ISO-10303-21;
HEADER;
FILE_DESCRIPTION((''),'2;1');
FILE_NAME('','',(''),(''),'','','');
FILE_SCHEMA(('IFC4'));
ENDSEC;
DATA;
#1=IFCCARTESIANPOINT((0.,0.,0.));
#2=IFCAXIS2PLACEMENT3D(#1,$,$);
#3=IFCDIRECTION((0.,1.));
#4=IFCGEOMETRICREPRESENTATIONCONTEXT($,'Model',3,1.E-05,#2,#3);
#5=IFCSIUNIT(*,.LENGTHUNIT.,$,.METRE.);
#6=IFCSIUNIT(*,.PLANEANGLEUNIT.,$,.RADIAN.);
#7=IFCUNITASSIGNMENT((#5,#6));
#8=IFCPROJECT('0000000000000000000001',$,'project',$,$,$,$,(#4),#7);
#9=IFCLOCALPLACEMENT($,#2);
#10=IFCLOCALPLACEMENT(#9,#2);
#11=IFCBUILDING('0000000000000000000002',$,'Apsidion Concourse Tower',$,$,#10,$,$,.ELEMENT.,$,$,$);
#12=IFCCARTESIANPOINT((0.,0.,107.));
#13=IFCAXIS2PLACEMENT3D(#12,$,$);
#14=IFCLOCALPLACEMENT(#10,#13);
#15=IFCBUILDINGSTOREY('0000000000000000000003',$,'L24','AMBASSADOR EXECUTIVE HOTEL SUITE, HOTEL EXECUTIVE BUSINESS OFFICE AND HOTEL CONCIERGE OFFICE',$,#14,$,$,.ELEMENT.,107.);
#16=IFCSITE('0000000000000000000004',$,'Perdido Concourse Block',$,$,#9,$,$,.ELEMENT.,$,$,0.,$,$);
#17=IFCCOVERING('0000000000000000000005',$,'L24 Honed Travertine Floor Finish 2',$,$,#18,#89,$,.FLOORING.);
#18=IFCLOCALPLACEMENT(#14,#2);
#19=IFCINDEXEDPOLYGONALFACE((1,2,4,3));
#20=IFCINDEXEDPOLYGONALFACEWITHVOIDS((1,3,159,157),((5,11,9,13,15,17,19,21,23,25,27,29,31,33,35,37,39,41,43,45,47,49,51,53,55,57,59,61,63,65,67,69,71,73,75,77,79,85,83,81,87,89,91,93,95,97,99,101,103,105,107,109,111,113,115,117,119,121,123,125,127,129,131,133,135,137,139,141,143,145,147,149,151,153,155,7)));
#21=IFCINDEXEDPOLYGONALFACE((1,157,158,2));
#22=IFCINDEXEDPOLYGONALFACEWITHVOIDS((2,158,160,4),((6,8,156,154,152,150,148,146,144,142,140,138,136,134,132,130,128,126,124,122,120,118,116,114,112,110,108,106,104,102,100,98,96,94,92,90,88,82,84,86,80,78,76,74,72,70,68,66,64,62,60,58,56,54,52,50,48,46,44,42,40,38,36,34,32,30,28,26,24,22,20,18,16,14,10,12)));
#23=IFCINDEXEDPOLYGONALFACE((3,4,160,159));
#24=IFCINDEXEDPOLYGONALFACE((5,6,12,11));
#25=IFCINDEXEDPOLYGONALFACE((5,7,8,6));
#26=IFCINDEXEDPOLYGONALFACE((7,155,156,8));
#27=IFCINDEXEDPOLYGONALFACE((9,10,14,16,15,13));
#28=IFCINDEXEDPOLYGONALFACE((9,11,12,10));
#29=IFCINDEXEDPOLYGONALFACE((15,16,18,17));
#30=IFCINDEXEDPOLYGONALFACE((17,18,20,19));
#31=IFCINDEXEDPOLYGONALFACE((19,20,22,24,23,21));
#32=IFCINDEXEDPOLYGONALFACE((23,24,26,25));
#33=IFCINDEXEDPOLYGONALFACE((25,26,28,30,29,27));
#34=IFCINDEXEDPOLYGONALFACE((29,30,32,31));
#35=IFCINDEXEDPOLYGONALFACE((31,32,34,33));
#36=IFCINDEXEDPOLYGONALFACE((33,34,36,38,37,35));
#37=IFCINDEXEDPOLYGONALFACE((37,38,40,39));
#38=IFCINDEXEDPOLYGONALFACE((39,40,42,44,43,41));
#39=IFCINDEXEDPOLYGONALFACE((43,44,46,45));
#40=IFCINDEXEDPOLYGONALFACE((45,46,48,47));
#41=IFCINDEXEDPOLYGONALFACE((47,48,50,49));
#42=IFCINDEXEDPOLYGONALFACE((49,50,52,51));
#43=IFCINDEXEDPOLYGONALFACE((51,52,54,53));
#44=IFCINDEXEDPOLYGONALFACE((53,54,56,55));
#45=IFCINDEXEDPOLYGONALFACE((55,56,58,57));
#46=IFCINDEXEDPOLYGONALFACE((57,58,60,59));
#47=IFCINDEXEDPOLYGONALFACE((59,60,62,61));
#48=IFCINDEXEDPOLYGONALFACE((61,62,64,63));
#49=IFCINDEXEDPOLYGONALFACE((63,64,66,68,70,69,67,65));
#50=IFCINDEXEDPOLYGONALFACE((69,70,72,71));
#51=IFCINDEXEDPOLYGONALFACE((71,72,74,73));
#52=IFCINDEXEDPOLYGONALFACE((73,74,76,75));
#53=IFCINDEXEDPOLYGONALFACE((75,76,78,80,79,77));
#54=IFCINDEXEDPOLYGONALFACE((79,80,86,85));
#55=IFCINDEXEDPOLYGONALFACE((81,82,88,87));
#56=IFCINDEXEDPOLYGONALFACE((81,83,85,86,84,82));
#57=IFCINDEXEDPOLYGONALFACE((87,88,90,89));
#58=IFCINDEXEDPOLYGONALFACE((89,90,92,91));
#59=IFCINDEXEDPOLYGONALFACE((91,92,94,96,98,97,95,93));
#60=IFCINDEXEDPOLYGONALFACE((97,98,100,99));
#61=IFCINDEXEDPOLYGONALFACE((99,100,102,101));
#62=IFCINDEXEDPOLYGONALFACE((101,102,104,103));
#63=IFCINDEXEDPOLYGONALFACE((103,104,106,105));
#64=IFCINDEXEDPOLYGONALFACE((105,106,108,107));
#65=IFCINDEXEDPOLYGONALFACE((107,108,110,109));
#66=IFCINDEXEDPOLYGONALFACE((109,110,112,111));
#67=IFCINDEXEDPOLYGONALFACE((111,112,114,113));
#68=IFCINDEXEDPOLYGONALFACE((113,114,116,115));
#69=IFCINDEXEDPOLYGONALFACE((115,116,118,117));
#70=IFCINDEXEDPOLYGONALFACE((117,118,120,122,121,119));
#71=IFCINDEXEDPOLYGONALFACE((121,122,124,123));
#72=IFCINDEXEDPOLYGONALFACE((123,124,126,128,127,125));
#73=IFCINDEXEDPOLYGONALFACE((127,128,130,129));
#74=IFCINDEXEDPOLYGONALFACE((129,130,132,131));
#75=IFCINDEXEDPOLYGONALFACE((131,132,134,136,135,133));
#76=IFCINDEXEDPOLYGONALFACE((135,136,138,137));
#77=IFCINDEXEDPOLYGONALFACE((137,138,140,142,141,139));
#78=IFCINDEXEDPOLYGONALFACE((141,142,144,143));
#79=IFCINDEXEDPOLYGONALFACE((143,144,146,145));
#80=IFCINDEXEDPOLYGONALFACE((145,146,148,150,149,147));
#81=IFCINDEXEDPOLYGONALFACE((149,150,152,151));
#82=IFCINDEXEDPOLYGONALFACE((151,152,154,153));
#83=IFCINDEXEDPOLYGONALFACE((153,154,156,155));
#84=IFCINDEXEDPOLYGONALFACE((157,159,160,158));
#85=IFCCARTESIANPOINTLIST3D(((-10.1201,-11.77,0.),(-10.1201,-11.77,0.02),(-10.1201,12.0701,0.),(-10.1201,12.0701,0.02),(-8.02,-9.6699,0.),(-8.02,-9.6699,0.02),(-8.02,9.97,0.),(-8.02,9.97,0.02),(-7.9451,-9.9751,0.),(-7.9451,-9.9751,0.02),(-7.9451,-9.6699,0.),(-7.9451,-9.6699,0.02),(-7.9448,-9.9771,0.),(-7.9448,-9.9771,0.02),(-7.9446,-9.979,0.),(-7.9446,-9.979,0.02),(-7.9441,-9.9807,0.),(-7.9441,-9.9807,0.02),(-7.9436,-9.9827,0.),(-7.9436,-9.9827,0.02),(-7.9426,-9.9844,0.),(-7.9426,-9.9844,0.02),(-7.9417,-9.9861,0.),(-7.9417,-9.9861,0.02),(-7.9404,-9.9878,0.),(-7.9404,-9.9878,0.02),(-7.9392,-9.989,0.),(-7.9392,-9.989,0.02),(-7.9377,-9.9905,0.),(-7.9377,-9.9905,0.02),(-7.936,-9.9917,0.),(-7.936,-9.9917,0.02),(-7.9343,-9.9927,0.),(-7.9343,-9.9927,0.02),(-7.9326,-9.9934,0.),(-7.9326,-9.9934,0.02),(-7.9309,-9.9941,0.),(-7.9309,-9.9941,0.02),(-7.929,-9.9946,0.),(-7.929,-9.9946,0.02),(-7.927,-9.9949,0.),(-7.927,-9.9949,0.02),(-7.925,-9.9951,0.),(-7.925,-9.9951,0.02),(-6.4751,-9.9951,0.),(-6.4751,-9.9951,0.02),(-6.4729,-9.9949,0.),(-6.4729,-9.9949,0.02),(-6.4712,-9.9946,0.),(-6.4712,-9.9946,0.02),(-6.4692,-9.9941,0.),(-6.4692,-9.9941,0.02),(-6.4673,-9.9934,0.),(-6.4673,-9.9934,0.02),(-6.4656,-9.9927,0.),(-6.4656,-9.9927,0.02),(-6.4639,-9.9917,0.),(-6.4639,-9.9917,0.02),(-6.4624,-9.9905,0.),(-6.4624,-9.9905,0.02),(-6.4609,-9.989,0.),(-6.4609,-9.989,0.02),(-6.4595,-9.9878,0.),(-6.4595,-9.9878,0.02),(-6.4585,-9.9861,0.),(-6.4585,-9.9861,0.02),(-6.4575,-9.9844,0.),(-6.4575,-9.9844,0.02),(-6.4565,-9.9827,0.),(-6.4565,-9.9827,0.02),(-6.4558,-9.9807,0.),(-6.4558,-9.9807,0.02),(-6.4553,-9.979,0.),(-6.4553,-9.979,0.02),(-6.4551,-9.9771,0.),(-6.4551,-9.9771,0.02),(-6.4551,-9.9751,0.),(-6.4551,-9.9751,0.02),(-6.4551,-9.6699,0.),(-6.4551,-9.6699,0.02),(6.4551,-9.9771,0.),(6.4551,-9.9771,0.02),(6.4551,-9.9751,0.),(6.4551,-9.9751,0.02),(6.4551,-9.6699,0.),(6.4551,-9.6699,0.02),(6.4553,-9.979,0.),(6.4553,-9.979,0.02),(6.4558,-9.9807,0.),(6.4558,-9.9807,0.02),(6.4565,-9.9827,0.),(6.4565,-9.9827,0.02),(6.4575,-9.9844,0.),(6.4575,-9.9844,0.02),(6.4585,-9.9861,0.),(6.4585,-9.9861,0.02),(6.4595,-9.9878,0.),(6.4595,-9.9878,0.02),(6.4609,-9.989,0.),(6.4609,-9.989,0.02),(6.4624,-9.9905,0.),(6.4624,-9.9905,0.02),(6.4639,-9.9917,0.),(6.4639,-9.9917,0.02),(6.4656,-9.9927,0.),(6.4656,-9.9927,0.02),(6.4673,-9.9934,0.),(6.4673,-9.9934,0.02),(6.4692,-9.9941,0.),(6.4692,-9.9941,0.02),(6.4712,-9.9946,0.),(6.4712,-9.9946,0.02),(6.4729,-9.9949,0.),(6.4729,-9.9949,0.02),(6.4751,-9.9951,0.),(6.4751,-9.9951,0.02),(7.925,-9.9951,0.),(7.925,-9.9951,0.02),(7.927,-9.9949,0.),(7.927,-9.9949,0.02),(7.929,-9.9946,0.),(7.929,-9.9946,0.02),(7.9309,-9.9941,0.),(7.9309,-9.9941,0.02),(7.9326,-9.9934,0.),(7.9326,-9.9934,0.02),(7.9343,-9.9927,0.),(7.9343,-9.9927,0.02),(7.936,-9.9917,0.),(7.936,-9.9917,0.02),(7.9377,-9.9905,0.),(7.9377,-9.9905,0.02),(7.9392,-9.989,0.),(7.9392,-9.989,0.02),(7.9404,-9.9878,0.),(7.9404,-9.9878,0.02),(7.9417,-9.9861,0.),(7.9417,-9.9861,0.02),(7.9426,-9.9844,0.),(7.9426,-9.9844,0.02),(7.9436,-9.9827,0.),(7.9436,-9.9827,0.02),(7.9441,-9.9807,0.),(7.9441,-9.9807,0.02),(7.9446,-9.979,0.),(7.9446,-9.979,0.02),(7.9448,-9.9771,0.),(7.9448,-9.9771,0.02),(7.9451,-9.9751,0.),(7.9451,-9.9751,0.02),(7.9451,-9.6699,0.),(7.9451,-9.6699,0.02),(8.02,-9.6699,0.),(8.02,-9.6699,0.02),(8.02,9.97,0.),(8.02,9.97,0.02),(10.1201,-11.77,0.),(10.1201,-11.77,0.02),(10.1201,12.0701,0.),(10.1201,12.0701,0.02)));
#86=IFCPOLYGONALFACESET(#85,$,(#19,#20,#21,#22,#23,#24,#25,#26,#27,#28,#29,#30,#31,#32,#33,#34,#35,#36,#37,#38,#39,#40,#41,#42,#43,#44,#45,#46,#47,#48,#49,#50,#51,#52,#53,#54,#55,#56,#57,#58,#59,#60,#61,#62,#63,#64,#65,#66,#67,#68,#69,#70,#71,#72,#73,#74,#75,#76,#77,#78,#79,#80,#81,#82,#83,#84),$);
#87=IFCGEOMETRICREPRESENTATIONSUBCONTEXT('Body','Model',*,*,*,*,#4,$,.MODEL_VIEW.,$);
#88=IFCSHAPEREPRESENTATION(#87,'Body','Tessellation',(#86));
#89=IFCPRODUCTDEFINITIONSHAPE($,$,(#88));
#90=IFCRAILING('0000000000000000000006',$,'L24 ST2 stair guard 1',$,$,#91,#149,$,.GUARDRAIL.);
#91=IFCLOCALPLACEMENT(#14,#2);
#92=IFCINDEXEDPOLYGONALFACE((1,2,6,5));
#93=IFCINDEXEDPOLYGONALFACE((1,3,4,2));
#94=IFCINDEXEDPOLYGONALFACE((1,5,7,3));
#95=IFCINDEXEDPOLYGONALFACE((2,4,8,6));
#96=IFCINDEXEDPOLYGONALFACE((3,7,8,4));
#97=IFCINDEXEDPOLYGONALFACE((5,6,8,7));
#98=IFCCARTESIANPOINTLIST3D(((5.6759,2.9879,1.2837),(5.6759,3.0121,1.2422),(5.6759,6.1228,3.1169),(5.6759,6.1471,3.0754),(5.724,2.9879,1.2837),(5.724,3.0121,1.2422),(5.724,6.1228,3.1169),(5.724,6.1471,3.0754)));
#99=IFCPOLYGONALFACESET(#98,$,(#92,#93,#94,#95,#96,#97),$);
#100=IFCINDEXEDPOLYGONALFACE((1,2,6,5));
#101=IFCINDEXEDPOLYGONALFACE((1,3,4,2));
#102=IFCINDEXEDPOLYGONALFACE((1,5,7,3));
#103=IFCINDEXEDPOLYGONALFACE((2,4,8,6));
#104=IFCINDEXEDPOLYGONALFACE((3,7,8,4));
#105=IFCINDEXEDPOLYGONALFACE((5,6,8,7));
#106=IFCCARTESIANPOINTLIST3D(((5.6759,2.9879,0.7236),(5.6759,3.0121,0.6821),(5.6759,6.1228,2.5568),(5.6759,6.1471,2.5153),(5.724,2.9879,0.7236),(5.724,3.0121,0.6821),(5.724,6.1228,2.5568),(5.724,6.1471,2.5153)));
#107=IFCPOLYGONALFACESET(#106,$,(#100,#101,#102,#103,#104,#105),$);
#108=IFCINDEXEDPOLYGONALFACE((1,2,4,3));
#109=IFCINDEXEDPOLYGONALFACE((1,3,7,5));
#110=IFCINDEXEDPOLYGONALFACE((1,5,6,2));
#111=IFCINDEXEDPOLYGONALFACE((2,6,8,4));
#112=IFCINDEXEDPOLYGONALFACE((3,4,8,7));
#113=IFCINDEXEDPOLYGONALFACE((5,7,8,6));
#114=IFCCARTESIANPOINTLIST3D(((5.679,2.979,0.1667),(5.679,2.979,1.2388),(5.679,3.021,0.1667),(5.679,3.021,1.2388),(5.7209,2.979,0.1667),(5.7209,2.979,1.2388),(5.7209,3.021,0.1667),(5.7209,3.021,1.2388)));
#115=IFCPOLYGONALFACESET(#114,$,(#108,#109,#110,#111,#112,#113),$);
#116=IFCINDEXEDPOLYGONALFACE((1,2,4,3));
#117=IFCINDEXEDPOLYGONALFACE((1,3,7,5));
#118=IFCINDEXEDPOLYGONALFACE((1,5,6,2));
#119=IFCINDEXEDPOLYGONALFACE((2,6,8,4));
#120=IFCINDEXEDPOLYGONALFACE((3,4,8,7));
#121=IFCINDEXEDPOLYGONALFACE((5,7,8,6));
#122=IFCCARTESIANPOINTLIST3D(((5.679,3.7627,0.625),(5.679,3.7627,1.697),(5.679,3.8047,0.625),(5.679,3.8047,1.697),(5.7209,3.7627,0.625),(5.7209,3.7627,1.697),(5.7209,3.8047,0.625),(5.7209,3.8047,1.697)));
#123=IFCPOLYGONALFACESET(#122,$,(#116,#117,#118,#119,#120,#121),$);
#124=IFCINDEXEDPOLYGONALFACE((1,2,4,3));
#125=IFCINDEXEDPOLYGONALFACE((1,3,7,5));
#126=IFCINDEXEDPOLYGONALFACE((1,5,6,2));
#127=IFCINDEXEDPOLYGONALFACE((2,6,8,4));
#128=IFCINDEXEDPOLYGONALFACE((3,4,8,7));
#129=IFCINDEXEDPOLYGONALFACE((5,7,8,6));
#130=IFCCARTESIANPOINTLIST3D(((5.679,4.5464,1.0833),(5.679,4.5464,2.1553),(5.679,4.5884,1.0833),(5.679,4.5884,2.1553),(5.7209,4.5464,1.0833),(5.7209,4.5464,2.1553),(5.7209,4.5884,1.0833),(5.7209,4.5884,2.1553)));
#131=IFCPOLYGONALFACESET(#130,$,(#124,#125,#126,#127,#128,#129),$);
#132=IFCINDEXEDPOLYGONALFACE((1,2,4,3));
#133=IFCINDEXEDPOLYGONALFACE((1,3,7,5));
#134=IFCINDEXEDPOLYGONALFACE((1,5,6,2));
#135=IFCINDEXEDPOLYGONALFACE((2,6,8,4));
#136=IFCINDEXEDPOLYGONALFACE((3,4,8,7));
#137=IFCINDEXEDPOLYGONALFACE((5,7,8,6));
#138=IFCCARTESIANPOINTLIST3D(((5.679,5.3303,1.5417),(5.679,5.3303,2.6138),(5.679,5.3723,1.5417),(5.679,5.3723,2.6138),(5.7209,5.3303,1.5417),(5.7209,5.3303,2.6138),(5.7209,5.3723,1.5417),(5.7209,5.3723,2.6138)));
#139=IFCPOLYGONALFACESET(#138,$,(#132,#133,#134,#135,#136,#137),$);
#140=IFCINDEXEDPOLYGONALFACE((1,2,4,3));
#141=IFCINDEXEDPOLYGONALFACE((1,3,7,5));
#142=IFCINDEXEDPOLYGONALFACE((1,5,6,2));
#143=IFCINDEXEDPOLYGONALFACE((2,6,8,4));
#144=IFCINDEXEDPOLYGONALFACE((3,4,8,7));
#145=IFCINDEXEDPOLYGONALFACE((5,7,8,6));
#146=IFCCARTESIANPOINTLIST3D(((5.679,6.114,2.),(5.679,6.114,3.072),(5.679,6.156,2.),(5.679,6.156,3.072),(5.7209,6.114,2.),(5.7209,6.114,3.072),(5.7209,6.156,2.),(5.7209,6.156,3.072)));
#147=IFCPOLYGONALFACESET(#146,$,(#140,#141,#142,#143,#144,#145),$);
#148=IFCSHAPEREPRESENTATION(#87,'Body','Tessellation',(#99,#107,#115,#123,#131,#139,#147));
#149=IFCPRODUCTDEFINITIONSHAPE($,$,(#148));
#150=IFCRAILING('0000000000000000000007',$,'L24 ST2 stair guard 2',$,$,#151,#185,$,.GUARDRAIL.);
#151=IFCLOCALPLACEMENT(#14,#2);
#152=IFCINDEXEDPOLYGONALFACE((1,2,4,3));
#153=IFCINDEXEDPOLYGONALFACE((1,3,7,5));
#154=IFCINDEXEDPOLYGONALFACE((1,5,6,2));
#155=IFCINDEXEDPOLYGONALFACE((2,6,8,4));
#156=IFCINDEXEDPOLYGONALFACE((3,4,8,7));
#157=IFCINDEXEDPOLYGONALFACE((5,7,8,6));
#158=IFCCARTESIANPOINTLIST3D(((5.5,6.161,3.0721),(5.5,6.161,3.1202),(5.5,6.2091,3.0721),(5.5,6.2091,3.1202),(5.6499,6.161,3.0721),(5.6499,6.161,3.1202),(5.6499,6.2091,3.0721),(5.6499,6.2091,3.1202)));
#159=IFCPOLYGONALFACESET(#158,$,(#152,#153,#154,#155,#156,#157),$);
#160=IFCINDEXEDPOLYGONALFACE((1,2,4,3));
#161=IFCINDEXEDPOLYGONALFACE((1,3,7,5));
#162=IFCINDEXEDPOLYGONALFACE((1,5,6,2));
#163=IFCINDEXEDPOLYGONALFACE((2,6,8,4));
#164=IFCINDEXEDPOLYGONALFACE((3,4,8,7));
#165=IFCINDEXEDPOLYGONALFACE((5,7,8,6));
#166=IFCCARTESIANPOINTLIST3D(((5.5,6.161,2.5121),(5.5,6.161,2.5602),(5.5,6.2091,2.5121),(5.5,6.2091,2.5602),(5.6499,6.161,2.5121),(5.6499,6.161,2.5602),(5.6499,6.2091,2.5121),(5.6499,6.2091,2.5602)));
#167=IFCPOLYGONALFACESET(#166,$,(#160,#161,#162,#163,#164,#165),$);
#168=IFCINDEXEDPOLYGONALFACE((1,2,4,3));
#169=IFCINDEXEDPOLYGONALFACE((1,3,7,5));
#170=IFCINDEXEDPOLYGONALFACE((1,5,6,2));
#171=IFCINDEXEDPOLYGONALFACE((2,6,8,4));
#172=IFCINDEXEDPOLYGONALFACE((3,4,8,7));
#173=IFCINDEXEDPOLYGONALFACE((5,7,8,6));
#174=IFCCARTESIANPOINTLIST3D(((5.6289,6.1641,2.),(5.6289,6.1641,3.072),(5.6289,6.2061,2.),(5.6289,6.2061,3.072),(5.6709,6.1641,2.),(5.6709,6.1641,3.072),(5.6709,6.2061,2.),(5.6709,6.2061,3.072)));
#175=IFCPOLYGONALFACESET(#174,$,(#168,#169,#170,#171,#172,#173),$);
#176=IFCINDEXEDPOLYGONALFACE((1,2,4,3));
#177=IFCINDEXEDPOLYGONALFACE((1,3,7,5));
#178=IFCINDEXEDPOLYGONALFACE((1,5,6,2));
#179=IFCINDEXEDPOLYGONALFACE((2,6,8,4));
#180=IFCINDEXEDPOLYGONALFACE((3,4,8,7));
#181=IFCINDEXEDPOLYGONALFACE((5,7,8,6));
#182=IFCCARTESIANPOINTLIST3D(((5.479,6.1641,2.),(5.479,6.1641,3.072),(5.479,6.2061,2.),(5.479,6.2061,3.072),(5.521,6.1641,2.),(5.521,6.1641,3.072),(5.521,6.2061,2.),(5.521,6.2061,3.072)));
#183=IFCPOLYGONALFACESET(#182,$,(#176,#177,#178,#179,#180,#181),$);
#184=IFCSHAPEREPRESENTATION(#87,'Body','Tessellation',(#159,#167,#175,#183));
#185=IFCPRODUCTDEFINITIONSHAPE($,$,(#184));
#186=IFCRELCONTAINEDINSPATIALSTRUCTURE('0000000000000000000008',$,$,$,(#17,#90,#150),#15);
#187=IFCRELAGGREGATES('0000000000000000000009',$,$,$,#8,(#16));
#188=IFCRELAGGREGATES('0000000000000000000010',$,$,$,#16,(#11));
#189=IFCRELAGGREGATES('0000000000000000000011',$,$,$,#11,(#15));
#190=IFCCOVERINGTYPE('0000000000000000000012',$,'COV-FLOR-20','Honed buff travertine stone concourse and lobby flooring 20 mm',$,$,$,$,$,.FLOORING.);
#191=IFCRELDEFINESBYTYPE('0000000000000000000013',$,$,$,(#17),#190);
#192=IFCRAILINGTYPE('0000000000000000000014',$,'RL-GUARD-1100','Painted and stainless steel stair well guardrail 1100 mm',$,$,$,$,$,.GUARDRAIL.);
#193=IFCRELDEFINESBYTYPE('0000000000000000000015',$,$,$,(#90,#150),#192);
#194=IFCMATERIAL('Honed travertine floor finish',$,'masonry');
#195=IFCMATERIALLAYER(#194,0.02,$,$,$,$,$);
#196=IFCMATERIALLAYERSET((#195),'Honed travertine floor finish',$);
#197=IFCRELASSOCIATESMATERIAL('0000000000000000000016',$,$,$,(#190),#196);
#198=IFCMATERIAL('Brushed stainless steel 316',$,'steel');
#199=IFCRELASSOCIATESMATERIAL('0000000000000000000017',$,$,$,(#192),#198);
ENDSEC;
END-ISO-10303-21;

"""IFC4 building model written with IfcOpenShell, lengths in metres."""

from ifc_helpers import new_model, si_unit, direction, frame, origin, origin_2d, place, context, subcontext, project, spatial, polyline, rectangle, outline, extrude, material, layer, layer_set, type_object, element, save


model = new_model("IFC4")

# Units and contexts
model_context = context("Model", 3, precision=1e-05, world=origin(), true_north=direction((0.0, 1.0)))
body_context = subcontext(model_context, "Body", "Model", "MODEL_VIEW")
ifc_project = project(units=[si_unit("LENGTHUNIT", "METRE"), si_unit("PLANEANGLEUNIT", "RADIAN")], contexts=[model_context])

# Site, building, storey
site_placement = place(None, origin())
site = spatial("IfcSite", under=ifc_project, at=site_placement, Name="Perdido Concourse Block", CompositionType="ELEMENT", RefElevation=0.0)
building_placement = place(site_placement, origin())
building = spatial("IfcBuilding", under=site, at=building_placement, Name="Apsidion Concourse Tower", CompositionType="ELEMENT")
storey_placement = place(building_placement, frame((0.0, 0.0, 107.0)))
storey = spatial("IfcBuildingStorey", under=building, at=storey_placement, Name="L24", Description="AMBASSADOR EXECUTIVE HOTEL SUITE, HOTEL EXECUTIVE BUSINESS OFFICE AND HOTEL CONCIERGE OFFICE", CompositionType="ELEMENT", Elevation=107.0)

# Covering
ifc_material_1 = material(Name="Honed travertine floor finish", Category="masonry")
ifc_layer_1 = layer(ifc_material_1, 0.02)
ifc_layer_set_1 = layer_set([ifc_layer_1], Name="Honed travertine floor finish")
covering_type_1 = type_object("IfcCoveringType", Name="COV-FLOR-20", Description="Honed buff travertine stone concourse and lobby flooring 20 mm", PredefinedType="FLOORING", material=ifc_layer_set_1)
covering_1_placement = place(storey_placement, origin())
element("IfcCovering", 1, at=covering_1_placement, inside=storey, type_object=covering_type_1, Name="L24 Honed Travertine Floor Finish 2", PredefinedType="FLOORING", context=body_context, shape_type="SweptSolid", body=[
    extrude(outline(polyline([(10.1201, 12.0701), (10.1201, -11.77), (-10.1201, -11.77), (-10.1201, 12.0701), (10.1201, 12.0701)]), holes=[polyline([(-8.02, -9.6699), (-7.9451, -9.6699), (-7.9451, -9.9751), (-7.9448, -9.9771), (-7.9446, -9.979), (-7.9441, -9.9807), (-7.9436, -9.9827), (-7.9426, -9.9844), (-7.9417, -9.9861), (-7.9404, -9.9878), (-7.9392, -9.989), (-7.9377, -9.9905), (-7.936, -9.9917), (-7.9343, -9.9927), (-7.9326, -9.9934), (-7.9309, -9.9941), (-7.929, -9.9946), (-7.927, -9.9949), (-7.925, -9.9951), (-6.4751, -9.9951), (-6.4729, -9.9949), (-6.4712, -9.9946), (-6.4692, -9.9941), (-6.4673, -9.9934), (-6.4656, -9.9927), (-6.4639, -9.9917), (-6.4624, -9.9905), (-6.4609, -9.989), (-6.4595, -9.9878), (-6.4585, -9.9861), (-6.4575, -9.9844), (-6.4565, -9.9827), (-6.4558, -9.9807), (-6.4553, -9.979), (-6.4551, -9.9771), (-6.4551, -9.9751), (-6.4551, -9.6699), (6.4551, -9.6699), (6.4551, -9.9751), (6.4551, -9.9771), (6.4553, -9.979), (6.4558, -9.9807), (6.4565, -9.9827), (6.4575, -9.9844), (6.4585, -9.9861), (6.4595, -9.9878), (6.4609, -9.989), (6.4624, -9.9905), (6.4639, -9.9917), (6.4656, -9.9927), (6.4673, -9.9934), (6.4692, -9.9941), (6.4712, -9.9946), (6.4729, -9.9949), (6.4751, -9.9951), (7.925, -9.9951), (7.927, -9.9949), (7.929, -9.9946), (7.9309, -9.9941), (7.9326, -9.9934), (7.9343, -9.9927), (7.936, -9.9917), (7.9377, -9.9905), (7.9392, -9.989), (7.9404, -9.9878), (7.9417, -9.9861), (7.9426, -9.9844), (7.9436, -9.9827), (7.9441, -9.9807), (7.9446, -9.979), (7.9448, -9.9771), (7.9451, -9.9751), (7.9451, -9.6699), (8.02, -9.6699), (8.02, 9.97), (-8.02, 9.97), (-8.02, -9.6699)])]), origin(), (0.0, 0.0, 1.0), 0.02),
])

# Railings
ifc_material_2 = material(Name="Brushed stainless steel 316", Category="steel")
railing_type_1 = type_object("IfcRailingType", Name="RL-GUARD-1100", Description="Painted and stainless steel stair well guardrail 1100 mm", PredefinedType="GUARDRAIL", material=ifc_material_2)
railing_1_placement = place(storey_placement, frame((5.7, 3.0, 0.1667)))
element("IfcRailing", 2, at=railing_1_placement, inside=storey, type_object=railing_type_1, Name="L24 ST2 stair guard 1", PredefinedType="GUARDRAIL", context=body_context, shape_type="SweptSolid", body=[
    extrude(rectangle(XDim=0.0481, YDim=0.0481, at=origin_2d()), frame((0.0, 0.0, 1.0962), z_axis=(0.0, 0.86324, 0.504794), x_axis=(-1.0, 0.0, 0.0)), (0.0, 0.0, 1.0), 3.6316),
    extrude(rectangle(XDim=0.0481, YDim=0.0481, at=origin_2d()), frame((0.0, 0.0, 0.5361), z_axis=(0.0, 0.86324, 0.504794), x_axis=(-1.0, 0.0, 0.0)), (0.0, 0.0, 1.0), 3.6316),
    extrude(rectangle(XDim=0.042, YDim=0.042, at=origin_2d()), origin(), (0.0, 0.0, 1.0), 1.072),
    extrude(rectangle(XDim=0.042, YDim=0.042, at=origin_2d()), frame((0.0, 0.7837, 0.4583)), (0.0, 0.0, 1.0), 1.072),
    extrude(rectangle(XDim=0.042, YDim=0.042, at=origin_2d()), frame((0.0, 1.5674, 0.9165)), (0.0, 0.0, 1.0), 1.072),
    extrude(rectangle(XDim=0.042, YDim=0.042, at=origin_2d()), frame((0.0, 2.3513, 1.375)), (0.0, 0.0, 1.0), 1.072),
    extrude(rectangle(XDim=0.042, YDim=0.042, at=origin_2d()), frame((0.0, 3.135, 1.8333)), (0.0, 0.0, 1.0), 1.072),
])
railing_2_placement = place(storey_placement, frame((5.6499, 6.1851, 2.0)))
element("IfcRailing", 3, at=railing_2_placement, inside=storey, type_object=railing_type_1, Name="L24 ST2 stair guard 2", PredefinedType="GUARDRAIL", context=body_context, shape_type="SweptSolid", body=[
    extrude(rectangle(XDim=0.0481, YDim=0.0481, at=origin_2d()), frame((0.0, 0.0, 1.0962), z_axis=(-1.0, 0.0, 0.0), x_axis=(0.0, -1.0, 0.0)), (0.0, 0.0, 1.0), 0.1499),
    extrude(rectangle(XDim=0.0481, YDim=0.0481, at=origin_2d()), frame((0.0, 0.0, 0.5361), z_axis=(-1.0, 0.0, 0.0), x_axis=(0.0, -1.0, 0.0)), (0.0, 0.0, 1.0), 0.1499),
    extrude(rectangle(XDim=0.042, YDim=0.042, at=origin_2d()), origin(), (0.0, 0.0, 1.0), 1.072),
    extrude(rectangle(XDim=0.042, YDim=0.042, at=origin_2d()), frame((-0.1499, 0.0, 0.0)), (0.0, 0.0, 1.0), 1.072),
])

save(model, "model.ifc")
